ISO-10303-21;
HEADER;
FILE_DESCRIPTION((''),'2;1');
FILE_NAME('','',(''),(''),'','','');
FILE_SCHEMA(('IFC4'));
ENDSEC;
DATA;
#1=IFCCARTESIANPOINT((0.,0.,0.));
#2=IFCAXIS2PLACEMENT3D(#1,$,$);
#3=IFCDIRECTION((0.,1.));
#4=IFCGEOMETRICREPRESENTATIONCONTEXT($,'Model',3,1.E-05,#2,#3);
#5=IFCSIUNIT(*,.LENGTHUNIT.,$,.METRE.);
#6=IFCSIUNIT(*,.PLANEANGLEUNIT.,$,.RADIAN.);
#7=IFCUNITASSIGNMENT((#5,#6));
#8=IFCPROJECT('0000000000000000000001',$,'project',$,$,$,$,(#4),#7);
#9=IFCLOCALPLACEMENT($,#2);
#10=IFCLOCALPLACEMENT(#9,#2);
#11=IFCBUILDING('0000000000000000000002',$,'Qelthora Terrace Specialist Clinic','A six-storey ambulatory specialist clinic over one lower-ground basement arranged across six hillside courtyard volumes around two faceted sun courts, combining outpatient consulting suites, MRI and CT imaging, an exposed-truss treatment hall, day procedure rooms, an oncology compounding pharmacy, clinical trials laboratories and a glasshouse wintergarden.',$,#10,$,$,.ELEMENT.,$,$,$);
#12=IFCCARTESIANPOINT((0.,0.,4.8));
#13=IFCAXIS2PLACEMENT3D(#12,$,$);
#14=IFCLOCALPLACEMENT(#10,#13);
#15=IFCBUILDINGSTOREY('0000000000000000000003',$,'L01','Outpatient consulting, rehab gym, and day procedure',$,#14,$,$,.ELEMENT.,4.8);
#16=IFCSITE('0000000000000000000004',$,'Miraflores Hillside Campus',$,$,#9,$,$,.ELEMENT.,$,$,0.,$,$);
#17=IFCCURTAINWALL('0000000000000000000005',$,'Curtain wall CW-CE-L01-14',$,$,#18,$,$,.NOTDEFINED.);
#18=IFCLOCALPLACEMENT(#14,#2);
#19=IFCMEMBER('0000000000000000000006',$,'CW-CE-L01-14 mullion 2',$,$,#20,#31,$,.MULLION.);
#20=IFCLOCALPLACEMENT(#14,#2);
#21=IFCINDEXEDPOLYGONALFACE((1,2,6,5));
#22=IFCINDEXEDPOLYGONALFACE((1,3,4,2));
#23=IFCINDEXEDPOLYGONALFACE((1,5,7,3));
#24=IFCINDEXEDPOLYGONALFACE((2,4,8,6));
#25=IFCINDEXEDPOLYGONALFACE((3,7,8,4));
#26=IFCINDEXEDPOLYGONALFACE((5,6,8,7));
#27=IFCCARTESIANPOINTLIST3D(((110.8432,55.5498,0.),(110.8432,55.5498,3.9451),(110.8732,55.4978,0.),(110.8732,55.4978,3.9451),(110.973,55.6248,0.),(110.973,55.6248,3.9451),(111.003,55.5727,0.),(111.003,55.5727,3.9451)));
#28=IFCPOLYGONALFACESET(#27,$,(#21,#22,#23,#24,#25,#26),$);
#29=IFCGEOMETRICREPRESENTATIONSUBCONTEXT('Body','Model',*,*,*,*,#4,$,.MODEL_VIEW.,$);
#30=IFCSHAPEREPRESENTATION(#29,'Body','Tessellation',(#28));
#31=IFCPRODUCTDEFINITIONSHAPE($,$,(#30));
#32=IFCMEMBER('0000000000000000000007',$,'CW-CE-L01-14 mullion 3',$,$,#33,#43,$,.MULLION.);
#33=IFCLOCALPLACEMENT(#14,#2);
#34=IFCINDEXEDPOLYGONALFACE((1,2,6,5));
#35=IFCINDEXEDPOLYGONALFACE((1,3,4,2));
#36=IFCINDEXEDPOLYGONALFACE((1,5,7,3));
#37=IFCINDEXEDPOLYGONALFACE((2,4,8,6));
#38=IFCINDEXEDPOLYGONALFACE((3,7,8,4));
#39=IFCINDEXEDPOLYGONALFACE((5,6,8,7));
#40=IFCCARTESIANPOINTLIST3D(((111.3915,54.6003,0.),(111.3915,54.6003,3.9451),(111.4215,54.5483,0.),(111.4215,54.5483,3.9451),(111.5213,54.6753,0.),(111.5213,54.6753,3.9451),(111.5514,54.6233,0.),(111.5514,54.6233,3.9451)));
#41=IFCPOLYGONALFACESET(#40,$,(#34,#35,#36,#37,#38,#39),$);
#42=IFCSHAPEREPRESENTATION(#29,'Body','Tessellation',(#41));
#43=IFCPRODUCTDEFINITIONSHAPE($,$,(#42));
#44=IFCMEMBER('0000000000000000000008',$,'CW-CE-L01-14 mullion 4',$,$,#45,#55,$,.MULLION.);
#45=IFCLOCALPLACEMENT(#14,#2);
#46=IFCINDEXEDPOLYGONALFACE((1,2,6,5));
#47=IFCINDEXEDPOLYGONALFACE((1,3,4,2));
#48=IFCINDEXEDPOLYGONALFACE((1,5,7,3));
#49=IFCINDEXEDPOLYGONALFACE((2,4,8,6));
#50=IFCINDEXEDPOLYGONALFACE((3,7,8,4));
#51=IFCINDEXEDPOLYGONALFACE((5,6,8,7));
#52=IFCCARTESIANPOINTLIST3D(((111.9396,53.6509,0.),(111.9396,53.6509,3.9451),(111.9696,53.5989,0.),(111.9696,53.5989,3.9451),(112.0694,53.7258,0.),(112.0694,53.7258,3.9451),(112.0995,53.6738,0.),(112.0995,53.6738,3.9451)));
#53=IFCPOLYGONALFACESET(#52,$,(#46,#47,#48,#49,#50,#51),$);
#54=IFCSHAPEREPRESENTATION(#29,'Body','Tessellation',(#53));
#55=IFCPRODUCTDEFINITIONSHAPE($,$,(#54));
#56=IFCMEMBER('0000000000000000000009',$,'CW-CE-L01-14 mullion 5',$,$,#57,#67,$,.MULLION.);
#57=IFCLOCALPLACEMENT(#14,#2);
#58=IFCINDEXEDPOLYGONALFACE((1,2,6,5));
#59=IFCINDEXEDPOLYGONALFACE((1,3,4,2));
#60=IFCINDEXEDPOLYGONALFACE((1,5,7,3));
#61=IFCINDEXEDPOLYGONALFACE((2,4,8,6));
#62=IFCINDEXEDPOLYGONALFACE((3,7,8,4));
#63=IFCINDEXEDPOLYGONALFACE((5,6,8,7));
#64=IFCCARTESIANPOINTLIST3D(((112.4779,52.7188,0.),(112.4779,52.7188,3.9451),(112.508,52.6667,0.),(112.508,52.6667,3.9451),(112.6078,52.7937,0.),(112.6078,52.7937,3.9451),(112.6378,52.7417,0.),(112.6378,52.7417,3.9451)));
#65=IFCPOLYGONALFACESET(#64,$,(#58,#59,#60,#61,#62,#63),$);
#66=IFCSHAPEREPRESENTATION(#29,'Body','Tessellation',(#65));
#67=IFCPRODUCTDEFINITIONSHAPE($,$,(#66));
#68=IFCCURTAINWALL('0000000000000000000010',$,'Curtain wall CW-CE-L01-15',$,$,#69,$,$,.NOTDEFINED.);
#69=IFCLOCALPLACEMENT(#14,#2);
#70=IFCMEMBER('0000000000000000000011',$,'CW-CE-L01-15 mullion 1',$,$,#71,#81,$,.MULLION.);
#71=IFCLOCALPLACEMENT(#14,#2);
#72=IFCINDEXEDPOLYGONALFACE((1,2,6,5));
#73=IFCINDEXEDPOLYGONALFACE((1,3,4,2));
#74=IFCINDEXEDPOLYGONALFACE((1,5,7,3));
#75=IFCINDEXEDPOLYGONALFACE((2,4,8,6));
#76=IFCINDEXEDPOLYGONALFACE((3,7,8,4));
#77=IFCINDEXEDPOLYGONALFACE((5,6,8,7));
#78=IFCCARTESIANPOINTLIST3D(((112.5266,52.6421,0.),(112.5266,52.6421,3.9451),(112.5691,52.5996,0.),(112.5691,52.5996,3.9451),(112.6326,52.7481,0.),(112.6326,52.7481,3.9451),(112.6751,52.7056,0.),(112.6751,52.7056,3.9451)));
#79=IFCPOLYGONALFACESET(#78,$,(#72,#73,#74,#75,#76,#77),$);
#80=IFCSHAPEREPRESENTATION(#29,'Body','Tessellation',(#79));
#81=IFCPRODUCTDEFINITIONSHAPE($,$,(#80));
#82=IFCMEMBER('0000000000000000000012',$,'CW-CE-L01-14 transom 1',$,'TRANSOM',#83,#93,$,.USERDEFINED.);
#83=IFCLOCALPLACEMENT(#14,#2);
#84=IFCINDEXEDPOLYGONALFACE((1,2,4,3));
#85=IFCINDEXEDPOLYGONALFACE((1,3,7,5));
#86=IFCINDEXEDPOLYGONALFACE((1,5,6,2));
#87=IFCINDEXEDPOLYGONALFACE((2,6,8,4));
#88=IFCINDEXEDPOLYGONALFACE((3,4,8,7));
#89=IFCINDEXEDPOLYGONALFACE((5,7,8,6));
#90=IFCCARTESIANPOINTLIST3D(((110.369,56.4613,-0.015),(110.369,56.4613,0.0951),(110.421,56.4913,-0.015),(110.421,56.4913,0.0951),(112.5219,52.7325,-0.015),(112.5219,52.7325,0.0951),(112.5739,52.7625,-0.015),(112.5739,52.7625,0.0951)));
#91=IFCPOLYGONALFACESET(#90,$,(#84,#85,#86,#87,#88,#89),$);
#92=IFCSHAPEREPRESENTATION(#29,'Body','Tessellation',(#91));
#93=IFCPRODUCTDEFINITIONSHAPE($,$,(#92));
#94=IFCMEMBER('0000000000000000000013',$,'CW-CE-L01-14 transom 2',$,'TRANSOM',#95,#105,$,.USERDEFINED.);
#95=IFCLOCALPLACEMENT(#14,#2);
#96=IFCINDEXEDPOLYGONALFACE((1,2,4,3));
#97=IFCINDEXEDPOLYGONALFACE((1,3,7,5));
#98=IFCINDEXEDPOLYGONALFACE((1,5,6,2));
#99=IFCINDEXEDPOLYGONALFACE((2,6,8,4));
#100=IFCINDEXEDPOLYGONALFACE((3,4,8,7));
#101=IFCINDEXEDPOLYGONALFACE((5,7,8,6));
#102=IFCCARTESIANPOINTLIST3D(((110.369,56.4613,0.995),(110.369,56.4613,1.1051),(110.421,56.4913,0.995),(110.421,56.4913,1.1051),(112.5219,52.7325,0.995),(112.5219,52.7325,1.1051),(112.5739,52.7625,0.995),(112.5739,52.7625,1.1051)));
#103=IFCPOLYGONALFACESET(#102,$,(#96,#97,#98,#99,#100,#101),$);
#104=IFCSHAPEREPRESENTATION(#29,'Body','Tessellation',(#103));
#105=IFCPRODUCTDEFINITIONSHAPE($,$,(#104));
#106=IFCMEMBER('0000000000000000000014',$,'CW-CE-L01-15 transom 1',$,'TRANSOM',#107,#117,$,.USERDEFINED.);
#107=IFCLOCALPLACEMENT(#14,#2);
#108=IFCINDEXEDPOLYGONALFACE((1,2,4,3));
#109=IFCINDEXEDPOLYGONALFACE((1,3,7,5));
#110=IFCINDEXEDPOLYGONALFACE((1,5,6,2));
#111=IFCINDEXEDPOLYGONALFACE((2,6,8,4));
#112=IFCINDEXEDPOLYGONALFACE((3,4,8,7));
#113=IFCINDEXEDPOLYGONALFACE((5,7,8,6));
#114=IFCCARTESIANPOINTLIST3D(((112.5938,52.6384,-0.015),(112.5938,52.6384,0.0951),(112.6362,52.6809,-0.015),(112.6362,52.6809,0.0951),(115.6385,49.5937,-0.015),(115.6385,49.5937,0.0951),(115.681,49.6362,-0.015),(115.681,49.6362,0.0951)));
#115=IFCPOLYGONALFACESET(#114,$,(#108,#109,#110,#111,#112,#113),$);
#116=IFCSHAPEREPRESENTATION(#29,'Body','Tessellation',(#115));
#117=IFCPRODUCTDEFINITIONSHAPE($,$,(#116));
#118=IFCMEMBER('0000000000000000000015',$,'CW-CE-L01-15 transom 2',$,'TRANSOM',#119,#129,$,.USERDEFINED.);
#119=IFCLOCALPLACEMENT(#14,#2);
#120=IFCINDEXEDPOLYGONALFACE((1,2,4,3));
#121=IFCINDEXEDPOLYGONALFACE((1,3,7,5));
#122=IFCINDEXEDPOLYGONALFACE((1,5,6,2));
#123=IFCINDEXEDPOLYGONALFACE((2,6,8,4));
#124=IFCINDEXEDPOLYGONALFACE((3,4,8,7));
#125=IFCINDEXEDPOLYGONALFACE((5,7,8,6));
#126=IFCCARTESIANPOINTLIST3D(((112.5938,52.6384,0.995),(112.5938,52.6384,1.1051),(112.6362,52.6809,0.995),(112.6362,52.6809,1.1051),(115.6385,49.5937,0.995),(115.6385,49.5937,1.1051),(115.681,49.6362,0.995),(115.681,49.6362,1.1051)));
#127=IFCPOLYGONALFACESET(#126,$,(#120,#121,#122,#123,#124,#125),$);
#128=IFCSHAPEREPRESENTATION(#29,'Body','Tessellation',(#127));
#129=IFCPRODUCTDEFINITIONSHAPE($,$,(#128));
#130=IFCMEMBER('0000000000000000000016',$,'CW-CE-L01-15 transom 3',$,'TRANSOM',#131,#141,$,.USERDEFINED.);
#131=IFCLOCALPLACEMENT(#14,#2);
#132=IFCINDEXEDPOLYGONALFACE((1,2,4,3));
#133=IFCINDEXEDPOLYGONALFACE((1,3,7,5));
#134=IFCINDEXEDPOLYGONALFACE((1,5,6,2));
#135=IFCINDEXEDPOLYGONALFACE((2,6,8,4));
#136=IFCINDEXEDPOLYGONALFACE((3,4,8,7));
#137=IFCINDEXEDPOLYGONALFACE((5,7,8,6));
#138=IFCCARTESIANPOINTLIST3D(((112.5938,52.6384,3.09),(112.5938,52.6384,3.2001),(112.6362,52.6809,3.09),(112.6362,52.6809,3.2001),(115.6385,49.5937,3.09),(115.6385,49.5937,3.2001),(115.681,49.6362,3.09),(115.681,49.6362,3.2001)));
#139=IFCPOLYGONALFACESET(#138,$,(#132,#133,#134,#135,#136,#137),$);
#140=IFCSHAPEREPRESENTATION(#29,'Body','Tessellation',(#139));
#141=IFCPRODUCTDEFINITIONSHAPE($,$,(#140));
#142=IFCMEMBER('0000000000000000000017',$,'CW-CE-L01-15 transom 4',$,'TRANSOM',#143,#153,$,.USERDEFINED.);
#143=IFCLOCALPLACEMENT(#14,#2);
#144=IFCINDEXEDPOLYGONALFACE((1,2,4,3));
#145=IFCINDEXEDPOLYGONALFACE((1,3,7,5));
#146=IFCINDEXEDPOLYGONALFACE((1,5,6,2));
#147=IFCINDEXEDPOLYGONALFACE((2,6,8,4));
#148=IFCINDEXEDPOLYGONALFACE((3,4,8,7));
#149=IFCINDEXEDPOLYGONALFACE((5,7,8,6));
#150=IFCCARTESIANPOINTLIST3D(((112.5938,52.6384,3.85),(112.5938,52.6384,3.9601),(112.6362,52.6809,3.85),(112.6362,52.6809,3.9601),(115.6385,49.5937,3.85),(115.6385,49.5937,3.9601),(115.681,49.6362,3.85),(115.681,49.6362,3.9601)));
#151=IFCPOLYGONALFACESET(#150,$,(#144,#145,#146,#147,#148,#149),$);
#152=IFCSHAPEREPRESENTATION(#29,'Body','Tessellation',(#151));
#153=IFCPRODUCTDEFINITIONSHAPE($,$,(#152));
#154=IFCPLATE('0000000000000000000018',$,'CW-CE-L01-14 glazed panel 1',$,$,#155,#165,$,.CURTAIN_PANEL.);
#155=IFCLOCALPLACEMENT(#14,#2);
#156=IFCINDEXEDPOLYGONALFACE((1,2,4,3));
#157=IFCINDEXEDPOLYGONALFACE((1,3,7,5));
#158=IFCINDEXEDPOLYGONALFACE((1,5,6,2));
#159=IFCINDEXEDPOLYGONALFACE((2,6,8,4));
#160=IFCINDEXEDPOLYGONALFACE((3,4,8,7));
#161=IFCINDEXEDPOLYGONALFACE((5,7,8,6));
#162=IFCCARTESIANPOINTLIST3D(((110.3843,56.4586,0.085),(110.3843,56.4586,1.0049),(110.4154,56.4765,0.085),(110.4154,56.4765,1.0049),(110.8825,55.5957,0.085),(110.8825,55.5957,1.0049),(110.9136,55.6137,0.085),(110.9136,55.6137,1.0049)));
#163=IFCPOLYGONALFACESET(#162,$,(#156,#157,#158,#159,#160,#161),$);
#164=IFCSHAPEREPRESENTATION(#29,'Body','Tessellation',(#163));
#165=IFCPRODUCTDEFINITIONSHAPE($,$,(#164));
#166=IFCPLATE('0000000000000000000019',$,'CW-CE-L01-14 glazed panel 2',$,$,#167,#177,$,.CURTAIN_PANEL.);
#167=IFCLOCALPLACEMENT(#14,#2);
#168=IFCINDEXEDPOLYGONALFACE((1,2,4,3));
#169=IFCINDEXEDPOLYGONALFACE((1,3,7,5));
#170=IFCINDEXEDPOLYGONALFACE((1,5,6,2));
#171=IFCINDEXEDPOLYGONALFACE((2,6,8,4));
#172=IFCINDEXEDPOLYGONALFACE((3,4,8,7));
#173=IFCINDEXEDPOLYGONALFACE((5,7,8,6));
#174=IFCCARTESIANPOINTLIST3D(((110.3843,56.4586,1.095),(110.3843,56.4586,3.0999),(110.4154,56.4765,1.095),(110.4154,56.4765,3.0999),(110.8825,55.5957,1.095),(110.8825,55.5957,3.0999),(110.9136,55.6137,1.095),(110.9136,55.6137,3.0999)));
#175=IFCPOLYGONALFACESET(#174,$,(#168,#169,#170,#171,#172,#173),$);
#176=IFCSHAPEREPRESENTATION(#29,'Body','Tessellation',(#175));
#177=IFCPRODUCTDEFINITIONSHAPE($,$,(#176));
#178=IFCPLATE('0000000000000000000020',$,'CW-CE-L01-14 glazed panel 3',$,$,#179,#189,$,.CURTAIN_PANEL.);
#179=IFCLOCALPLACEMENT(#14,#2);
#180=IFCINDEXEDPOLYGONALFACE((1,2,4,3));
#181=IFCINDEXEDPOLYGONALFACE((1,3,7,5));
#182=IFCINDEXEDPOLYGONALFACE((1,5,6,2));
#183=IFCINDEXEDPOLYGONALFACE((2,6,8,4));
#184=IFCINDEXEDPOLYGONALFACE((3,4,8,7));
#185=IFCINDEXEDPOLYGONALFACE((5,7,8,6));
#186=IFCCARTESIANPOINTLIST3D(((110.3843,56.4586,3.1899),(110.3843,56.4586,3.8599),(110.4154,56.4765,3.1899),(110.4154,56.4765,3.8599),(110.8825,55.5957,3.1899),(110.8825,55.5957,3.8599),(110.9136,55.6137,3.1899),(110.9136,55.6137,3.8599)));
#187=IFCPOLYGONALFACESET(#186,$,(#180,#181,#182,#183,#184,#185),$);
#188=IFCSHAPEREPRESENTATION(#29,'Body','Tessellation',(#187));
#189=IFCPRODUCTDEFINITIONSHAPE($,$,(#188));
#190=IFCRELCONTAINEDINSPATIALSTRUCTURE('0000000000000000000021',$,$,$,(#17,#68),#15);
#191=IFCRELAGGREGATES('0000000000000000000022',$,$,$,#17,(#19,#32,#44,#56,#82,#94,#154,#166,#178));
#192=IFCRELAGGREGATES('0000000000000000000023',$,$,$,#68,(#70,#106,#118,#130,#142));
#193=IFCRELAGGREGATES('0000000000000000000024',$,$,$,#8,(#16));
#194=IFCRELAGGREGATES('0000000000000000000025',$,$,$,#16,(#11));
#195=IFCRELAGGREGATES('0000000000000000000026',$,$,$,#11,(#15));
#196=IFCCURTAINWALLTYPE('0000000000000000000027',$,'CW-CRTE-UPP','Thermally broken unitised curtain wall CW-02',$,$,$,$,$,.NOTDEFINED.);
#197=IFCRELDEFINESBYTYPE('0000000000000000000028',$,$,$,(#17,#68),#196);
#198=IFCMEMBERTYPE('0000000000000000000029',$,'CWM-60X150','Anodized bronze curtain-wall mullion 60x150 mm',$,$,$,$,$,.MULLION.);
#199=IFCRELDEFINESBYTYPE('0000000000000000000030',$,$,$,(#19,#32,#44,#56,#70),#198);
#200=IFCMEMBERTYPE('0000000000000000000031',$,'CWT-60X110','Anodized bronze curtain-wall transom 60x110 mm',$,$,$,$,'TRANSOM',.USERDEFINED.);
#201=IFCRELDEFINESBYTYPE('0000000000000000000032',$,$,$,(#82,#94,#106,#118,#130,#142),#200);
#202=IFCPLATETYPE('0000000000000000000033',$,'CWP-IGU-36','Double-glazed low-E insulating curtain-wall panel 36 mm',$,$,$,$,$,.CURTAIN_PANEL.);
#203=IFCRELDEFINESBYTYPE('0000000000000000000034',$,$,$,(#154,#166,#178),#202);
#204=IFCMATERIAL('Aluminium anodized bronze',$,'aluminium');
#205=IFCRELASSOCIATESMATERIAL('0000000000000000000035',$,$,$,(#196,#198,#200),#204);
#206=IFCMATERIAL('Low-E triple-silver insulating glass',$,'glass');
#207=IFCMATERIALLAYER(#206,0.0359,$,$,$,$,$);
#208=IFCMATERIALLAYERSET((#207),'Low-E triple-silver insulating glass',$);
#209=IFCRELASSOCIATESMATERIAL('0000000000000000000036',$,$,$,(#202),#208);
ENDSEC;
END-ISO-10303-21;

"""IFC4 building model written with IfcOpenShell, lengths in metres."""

from ifc_helpers import new_model, si_unit, direction, frame, origin, origin_2d, place, context, subcontext, project, spatial, rectangle, extrude, material, layer, layer_set, material_profile, profile_set, type_object, element, aggregate, save


model = new_model("IFC4")

# Units and contexts
model_context = context("Model", 3, precision=1e-05, world=origin(), true_north=direction((0.0, 1.0)))
body_context = subcontext(model_context, "Body", "Model", "MODEL_VIEW")
ifc_project = project(units=[si_unit("LENGTHUNIT", "METRE"), si_unit("PLANEANGLEUNIT", "RADIAN")], contexts=[model_context])

# Site, building, storey
site_placement = place(None, origin())
site = spatial("IfcSite", under=ifc_project, at=site_placement, Name="Miraflores Hillside Campus", CompositionType="ELEMENT", RefElevation=0.0)
building_placement = place(site_placement, origin())
building = spatial("IfcBuilding", under=site, at=building_placement, Name="Qelthora Terrace Specialist Clinic", Description="A six-storey ambulatory specialist clinic over one lower-ground basement arranged across six hillside courtyard volumes around two faceted sun courts, combining outpatient consulting suites, MRI and CT imaging, an exposed-truss treatment hall, day procedure rooms, an oncology compounding pharmacy, clinical trials laboratories and a glasshouse wintergarden.", CompositionType="ELEMENT")
storey_placement = place(building_placement, frame((0.0, 0.0, 4.8)))
storey = spatial("IfcBuildingStorey", under=building, at=storey_placement, Name="L01", Description="Outpatient consulting, rehab gym, and day procedure", CompositionType="ELEMENT", Elevation=4.8)

# Curtain wall, members
ifc_material_1 = material(Name="Aluminium anodized bronze", Category="aluminium")
curtain_wall_type = type_object("IfcCurtainWallType", Name="CW-CRTE-UPP", Description="Thermally broken unitised curtain wall CW-02", PredefinedType="NOTDEFINED", material=ifc_material_1)
curtain_wall_1_placement = place(storey_placement, origin())
curtain_wall_1 = element("IfcCurtainWall", 1, at=curtain_wall_1_placement, inside=storey, type_object=curtain_wall_type, Name="Curtain wall CW-CE-L01-14", PredefinedType="NOTDEFINED")
ifc_material_profile_1 = material_profile(ifc_material_1, rectangle(XDim=0.0601, YDim=0.1499, at=origin_2d()), Name="CWM60X150")
ifc_profile_set_1 = profile_set([ifc_material_profile_1], Name="Aluminium anodized bronze")
member_type_1 = type_object("IfcMemberType", Name="CWM-60X150", Description="Anodized bronze curtain-wall mullion 60x150 mm", PredefinedType="MULLION", material=ifc_profile_set_1)
member_1_placement = place(storey_placement, frame((110.9231, 55.5613, 0.0), z_axis=(0.0, 0.0, 1.0), x_axis=(0.5, -0.866025, 0.0)))
member_1 = element("IfcMember", 2, at=member_1_placement, type_object=member_type_1, Name="CW-CE-L01-14 mullion 2", PredefinedType="MULLION", context=body_context, shape_type="SweptSolid", body=[
    extrude(rectangle(XDim=0.0601, YDim=0.1499, at=origin_2d()), origin(), (0.0, 0.0, 1.0), 3.9451),
])
member_2_placement = place(storey_placement, frame((111.4714, 54.6118, 0.0), z_axis=(0.0, 0.0, 1.0), x_axis=(0.5, -0.866025, 0.0)))
member_2 = element("IfcMember", 3, at=member_2_placement, type_object=member_type_1, Name="CW-CE-L01-14 mullion 3", PredefinedType="MULLION", context=body_context, shape_type="SweptSolid", body=[
    extrude(rectangle(XDim=0.0601, YDim=0.1499, at=origin_2d()), origin(), (0.0, 0.0, 1.0), 3.9451),
])
member_3_placement = place(storey_placement, frame((112.0195, 53.6624, 0.0), z_axis=(0.0, 0.0, 1.0), x_axis=(0.5, -0.866025, 0.0)))
member_3 = element("IfcMember", 4, at=member_3_placement, type_object=member_type_1, Name="CW-CE-L01-14 mullion 4", PredefinedType="MULLION", context=body_context, shape_type="SweptSolid", body=[
    extrude(rectangle(XDim=0.0601, YDim=0.1499, at=origin_2d()), origin(), (0.0, 0.0, 1.0), 3.9451),
])
member_4_placement = place(storey_placement, frame((112.5579, 52.7302, 0.0), z_axis=(0.0, 0.0, 1.0), x_axis=(0.5, -0.866025, 0.0)))
member_4 = element("IfcMember", 5, at=member_4_placement, type_object=member_type_1, Name="CW-CE-L01-14 mullion 5", PredefinedType="MULLION", context=body_context, shape_type="SweptSolid", body=[
    extrude(rectangle(XDim=0.0601, YDim=0.1499, at=origin_2d()), origin(), (0.0, 0.0, 1.0), 3.9451),
])

# Curtain wall, member
curtain_wall_2_placement = place(storey_placement, origin())
curtain_wall_2 = element("IfcCurtainWall", 6, at=curtain_wall_2_placement, inside=storey, type_object=curtain_wall_type, Name="Curtain wall CW-CE-L01-15", PredefinedType="NOTDEFINED")
member_5_placement = place(storey_placement, frame((112.6008, 52.6738, 0.0), z_axis=(0.0, 0.0, 1.0), x_axis=(0.707107, -0.707107, 0.0)))
member_5 = element("IfcMember", 7, at=member_5_placement, type_object=member_type_1, Name="CW-CE-L01-15 mullion 1", PredefinedType="MULLION", context=body_context, shape_type="SweptSolid", body=[
    extrude(rectangle(XDim=0.0601, YDim=0.1499, at=origin_2d()), origin(), (0.0, 0.0, 1.0), 3.9451),
])

# Members
ifc_material_profile_2 = material_profile(ifc_material_1, rectangle(XDim=0.0601, YDim=0.1101, at=origin_2d()), Name="CWT60X110")
ifc_profile_set_2 = profile_set([ifc_material_profile_2], Name="Aluminium anodized bronze")
member_type_2 = type_object("IfcMemberType", Name="CWT-60X110", Description="Anodized bronze curtain-wall transom 60x110 mm", ElementType="TRANSOM", PredefinedType="USERDEFINED", material=ifc_profile_set_2)
member_6_placement = place(storey_placement, frame((110.395, 56.4763, 0.04), z_axis=(0.500006, -0.866022, 0.0), x_axis=(0.866022, 0.500006, 0.0)))
member_6 = element("IfcMember", 8, at=member_6_placement, type_object=member_type_2, Name="CW-CE-L01-14 transom 1", ObjectType="TRANSOM", PredefinedType="USERDEFINED", context=body_context, shape_type="SweptSolid", body=[
    extrude(rectangle(XDim=0.0601, YDim=0.1101, at=origin_2d()), origin(), (0.0, 0.0, 1.0), 4.3057),
])
member_7_placement = place(storey_placement, frame((110.395, 56.4763, 1.05), z_axis=(0.500006, -0.866022, 0.0), x_axis=(0.866022, 0.500006, 0.0)))
member_7 = element("IfcMember", 9, at=member_7_placement, type_object=member_type_2, Name="CW-CE-L01-14 transom 2", ObjectType="TRANSOM", PredefinedType="USERDEFINED", context=body_context, shape_type="SweptSolid", body=[
    extrude(rectangle(XDim=0.0601, YDim=0.1101, at=origin_2d()), origin(), (0.0, 0.0, 1.0), 4.3057),
])
member_8_placement = place(storey_placement, frame((112.615, 52.6597, 0.04), z_axis=(0.707107, -0.707107, 0.0), x_axis=(0.707107, 0.707107, 0.0)))
member_8 = element("IfcMember", 10, at=member_8_placement, type_object=member_type_2, Name="CW-CE-L01-15 transom 1", ObjectType="TRANSOM", PredefinedType="USERDEFINED", context=body_context, shape_type="SweptSolid", body=[
    extrude(rectangle(XDim=0.0601, YDim=0.1101, at=origin_2d()), origin(), (0.0, 0.0, 1.0), 4.3059),
])
member_9_placement = place(storey_placement, frame((112.615, 52.6597, 1.05), z_axis=(0.707107, -0.707107, 0.0), x_axis=(0.707107, 0.707107, 0.0)))
member_9 = element("IfcMember", 11, at=member_9_placement, type_object=member_type_2, Name="CW-CE-L01-15 transom 2", ObjectType="TRANSOM", PredefinedType="USERDEFINED", context=body_context, shape_type="SweptSolid", body=[
    extrude(rectangle(XDim=0.0601, YDim=0.1101, at=origin_2d()), origin(), (0.0, 0.0, 1.0), 4.3059),
])
member_10_placement = place(storey_placement, frame((112.615, 52.6597, 3.145), z_axis=(0.707107, -0.707107, 0.0), x_axis=(0.707107, 0.707107, 0.0)))
member_10 = element("IfcMember", 12, at=member_10_placement, type_object=member_type_2, Name="CW-CE-L01-15 transom 3", ObjectType="TRANSOM", PredefinedType="USERDEFINED", context=body_context, shape_type="SweptSolid", body=[
    extrude(rectangle(XDim=0.0601, YDim=0.1101, at=origin_2d()), origin(), (0.0, 0.0, 1.0), 4.3059),
])
member_11_placement = place(storey_placement, frame((112.615, 52.6597, 3.905), z_axis=(0.707107, -0.707107, 0.0), x_axis=(0.707107, 0.707107, 0.0)))
member_11 = element("IfcMember", 13, at=member_11_placement, type_object=member_type_2, Name="CW-CE-L01-15 transom 4", ObjectType="TRANSOM", PredefinedType="USERDEFINED", context=body_context, shape_type="SweptSolid", body=[
    extrude(rectangle(XDim=0.0601, YDim=0.1101, at=origin_2d()), origin(), (0.0, 0.0, 1.0), 4.3059),
])

# Plates
ifc_material_2 = material(Name="Low-E triple-silver insulating glass", Category="glass")
ifc_layer = layer(ifc_material_2, 0.0359)
ifc_layer_set = layer_set([ifc_layer], Name="Low-E triple-silver insulating glass")
plate_type = type_object("IfcPlateType", Name="CWP-IGU-36", Description="Double-glazed low-E insulating curtain-wall panel 36 mm", PredefinedType="CURTAIN_PANEL", material=ifc_layer_set)
plate_1_placement = place(storey_placement, frame((110.6489, 56.0361, 0.085), z_axis=(0.0, 0.0, 1.0), x_axis=(0.5, -0.866025, 0.0)))
plate_1 = element("IfcPlate", 14, at=plate_1_placement, type_object=plate_type, Name="CW-CE-L01-14 glazed panel 1", PredefinedType="CURTAIN_PANEL", context=body_context, shape_type="SweptSolid", body=[
    extrude(rectangle(XDim=0.9963, YDim=0.0359, at=origin_2d()), origin(), (0.0, 0.0, 1.0), 0.9199),
])
plate_2_placement = place(storey_placement, frame((110.6489, 56.0361, 1.095), z_axis=(0.0, 0.0, 1.0), x_axis=(0.5, -0.866025, 0.0)))
plate_2 = element("IfcPlate", 15, at=plate_2_placement, type_object=plate_type, Name="CW-CE-L01-14 glazed panel 2", PredefinedType="CURTAIN_PANEL", context=body_context, shape_type="SweptSolid", body=[
    extrude(rectangle(XDim=0.9963, YDim=0.0359, at=origin_2d()), origin(), (0.0, 0.0, 1.0), 2.0049),
])
plate_3_placement = place(storey_placement, frame((110.6489, 56.0361, 3.1899), z_axis=(0.0, 0.0, 1.0), x_axis=(0.5, -0.866025, 0.0)))
plate_3 = element("IfcPlate", 16, at=plate_3_placement, type_object=plate_type, Name="CW-CE-L01-14 glazed panel 3", PredefinedType="CURTAIN_PANEL", context=body_context, shape_type="SweptSolid", body=[
    extrude(rectangle(XDim=0.9963, YDim=0.0359, at=origin_2d()), origin(), (0.0, 0.0, 1.0), 0.6699),
])
aggregate(curtain_wall_1, [member_1, member_2, member_3, member_4, member_6, member_7, plate_1, plate_2, plate_3])
aggregate(curtain_wall_2, [member_5, member_8, member_9, member_10, member_11])

save(model, "model.ifc")
